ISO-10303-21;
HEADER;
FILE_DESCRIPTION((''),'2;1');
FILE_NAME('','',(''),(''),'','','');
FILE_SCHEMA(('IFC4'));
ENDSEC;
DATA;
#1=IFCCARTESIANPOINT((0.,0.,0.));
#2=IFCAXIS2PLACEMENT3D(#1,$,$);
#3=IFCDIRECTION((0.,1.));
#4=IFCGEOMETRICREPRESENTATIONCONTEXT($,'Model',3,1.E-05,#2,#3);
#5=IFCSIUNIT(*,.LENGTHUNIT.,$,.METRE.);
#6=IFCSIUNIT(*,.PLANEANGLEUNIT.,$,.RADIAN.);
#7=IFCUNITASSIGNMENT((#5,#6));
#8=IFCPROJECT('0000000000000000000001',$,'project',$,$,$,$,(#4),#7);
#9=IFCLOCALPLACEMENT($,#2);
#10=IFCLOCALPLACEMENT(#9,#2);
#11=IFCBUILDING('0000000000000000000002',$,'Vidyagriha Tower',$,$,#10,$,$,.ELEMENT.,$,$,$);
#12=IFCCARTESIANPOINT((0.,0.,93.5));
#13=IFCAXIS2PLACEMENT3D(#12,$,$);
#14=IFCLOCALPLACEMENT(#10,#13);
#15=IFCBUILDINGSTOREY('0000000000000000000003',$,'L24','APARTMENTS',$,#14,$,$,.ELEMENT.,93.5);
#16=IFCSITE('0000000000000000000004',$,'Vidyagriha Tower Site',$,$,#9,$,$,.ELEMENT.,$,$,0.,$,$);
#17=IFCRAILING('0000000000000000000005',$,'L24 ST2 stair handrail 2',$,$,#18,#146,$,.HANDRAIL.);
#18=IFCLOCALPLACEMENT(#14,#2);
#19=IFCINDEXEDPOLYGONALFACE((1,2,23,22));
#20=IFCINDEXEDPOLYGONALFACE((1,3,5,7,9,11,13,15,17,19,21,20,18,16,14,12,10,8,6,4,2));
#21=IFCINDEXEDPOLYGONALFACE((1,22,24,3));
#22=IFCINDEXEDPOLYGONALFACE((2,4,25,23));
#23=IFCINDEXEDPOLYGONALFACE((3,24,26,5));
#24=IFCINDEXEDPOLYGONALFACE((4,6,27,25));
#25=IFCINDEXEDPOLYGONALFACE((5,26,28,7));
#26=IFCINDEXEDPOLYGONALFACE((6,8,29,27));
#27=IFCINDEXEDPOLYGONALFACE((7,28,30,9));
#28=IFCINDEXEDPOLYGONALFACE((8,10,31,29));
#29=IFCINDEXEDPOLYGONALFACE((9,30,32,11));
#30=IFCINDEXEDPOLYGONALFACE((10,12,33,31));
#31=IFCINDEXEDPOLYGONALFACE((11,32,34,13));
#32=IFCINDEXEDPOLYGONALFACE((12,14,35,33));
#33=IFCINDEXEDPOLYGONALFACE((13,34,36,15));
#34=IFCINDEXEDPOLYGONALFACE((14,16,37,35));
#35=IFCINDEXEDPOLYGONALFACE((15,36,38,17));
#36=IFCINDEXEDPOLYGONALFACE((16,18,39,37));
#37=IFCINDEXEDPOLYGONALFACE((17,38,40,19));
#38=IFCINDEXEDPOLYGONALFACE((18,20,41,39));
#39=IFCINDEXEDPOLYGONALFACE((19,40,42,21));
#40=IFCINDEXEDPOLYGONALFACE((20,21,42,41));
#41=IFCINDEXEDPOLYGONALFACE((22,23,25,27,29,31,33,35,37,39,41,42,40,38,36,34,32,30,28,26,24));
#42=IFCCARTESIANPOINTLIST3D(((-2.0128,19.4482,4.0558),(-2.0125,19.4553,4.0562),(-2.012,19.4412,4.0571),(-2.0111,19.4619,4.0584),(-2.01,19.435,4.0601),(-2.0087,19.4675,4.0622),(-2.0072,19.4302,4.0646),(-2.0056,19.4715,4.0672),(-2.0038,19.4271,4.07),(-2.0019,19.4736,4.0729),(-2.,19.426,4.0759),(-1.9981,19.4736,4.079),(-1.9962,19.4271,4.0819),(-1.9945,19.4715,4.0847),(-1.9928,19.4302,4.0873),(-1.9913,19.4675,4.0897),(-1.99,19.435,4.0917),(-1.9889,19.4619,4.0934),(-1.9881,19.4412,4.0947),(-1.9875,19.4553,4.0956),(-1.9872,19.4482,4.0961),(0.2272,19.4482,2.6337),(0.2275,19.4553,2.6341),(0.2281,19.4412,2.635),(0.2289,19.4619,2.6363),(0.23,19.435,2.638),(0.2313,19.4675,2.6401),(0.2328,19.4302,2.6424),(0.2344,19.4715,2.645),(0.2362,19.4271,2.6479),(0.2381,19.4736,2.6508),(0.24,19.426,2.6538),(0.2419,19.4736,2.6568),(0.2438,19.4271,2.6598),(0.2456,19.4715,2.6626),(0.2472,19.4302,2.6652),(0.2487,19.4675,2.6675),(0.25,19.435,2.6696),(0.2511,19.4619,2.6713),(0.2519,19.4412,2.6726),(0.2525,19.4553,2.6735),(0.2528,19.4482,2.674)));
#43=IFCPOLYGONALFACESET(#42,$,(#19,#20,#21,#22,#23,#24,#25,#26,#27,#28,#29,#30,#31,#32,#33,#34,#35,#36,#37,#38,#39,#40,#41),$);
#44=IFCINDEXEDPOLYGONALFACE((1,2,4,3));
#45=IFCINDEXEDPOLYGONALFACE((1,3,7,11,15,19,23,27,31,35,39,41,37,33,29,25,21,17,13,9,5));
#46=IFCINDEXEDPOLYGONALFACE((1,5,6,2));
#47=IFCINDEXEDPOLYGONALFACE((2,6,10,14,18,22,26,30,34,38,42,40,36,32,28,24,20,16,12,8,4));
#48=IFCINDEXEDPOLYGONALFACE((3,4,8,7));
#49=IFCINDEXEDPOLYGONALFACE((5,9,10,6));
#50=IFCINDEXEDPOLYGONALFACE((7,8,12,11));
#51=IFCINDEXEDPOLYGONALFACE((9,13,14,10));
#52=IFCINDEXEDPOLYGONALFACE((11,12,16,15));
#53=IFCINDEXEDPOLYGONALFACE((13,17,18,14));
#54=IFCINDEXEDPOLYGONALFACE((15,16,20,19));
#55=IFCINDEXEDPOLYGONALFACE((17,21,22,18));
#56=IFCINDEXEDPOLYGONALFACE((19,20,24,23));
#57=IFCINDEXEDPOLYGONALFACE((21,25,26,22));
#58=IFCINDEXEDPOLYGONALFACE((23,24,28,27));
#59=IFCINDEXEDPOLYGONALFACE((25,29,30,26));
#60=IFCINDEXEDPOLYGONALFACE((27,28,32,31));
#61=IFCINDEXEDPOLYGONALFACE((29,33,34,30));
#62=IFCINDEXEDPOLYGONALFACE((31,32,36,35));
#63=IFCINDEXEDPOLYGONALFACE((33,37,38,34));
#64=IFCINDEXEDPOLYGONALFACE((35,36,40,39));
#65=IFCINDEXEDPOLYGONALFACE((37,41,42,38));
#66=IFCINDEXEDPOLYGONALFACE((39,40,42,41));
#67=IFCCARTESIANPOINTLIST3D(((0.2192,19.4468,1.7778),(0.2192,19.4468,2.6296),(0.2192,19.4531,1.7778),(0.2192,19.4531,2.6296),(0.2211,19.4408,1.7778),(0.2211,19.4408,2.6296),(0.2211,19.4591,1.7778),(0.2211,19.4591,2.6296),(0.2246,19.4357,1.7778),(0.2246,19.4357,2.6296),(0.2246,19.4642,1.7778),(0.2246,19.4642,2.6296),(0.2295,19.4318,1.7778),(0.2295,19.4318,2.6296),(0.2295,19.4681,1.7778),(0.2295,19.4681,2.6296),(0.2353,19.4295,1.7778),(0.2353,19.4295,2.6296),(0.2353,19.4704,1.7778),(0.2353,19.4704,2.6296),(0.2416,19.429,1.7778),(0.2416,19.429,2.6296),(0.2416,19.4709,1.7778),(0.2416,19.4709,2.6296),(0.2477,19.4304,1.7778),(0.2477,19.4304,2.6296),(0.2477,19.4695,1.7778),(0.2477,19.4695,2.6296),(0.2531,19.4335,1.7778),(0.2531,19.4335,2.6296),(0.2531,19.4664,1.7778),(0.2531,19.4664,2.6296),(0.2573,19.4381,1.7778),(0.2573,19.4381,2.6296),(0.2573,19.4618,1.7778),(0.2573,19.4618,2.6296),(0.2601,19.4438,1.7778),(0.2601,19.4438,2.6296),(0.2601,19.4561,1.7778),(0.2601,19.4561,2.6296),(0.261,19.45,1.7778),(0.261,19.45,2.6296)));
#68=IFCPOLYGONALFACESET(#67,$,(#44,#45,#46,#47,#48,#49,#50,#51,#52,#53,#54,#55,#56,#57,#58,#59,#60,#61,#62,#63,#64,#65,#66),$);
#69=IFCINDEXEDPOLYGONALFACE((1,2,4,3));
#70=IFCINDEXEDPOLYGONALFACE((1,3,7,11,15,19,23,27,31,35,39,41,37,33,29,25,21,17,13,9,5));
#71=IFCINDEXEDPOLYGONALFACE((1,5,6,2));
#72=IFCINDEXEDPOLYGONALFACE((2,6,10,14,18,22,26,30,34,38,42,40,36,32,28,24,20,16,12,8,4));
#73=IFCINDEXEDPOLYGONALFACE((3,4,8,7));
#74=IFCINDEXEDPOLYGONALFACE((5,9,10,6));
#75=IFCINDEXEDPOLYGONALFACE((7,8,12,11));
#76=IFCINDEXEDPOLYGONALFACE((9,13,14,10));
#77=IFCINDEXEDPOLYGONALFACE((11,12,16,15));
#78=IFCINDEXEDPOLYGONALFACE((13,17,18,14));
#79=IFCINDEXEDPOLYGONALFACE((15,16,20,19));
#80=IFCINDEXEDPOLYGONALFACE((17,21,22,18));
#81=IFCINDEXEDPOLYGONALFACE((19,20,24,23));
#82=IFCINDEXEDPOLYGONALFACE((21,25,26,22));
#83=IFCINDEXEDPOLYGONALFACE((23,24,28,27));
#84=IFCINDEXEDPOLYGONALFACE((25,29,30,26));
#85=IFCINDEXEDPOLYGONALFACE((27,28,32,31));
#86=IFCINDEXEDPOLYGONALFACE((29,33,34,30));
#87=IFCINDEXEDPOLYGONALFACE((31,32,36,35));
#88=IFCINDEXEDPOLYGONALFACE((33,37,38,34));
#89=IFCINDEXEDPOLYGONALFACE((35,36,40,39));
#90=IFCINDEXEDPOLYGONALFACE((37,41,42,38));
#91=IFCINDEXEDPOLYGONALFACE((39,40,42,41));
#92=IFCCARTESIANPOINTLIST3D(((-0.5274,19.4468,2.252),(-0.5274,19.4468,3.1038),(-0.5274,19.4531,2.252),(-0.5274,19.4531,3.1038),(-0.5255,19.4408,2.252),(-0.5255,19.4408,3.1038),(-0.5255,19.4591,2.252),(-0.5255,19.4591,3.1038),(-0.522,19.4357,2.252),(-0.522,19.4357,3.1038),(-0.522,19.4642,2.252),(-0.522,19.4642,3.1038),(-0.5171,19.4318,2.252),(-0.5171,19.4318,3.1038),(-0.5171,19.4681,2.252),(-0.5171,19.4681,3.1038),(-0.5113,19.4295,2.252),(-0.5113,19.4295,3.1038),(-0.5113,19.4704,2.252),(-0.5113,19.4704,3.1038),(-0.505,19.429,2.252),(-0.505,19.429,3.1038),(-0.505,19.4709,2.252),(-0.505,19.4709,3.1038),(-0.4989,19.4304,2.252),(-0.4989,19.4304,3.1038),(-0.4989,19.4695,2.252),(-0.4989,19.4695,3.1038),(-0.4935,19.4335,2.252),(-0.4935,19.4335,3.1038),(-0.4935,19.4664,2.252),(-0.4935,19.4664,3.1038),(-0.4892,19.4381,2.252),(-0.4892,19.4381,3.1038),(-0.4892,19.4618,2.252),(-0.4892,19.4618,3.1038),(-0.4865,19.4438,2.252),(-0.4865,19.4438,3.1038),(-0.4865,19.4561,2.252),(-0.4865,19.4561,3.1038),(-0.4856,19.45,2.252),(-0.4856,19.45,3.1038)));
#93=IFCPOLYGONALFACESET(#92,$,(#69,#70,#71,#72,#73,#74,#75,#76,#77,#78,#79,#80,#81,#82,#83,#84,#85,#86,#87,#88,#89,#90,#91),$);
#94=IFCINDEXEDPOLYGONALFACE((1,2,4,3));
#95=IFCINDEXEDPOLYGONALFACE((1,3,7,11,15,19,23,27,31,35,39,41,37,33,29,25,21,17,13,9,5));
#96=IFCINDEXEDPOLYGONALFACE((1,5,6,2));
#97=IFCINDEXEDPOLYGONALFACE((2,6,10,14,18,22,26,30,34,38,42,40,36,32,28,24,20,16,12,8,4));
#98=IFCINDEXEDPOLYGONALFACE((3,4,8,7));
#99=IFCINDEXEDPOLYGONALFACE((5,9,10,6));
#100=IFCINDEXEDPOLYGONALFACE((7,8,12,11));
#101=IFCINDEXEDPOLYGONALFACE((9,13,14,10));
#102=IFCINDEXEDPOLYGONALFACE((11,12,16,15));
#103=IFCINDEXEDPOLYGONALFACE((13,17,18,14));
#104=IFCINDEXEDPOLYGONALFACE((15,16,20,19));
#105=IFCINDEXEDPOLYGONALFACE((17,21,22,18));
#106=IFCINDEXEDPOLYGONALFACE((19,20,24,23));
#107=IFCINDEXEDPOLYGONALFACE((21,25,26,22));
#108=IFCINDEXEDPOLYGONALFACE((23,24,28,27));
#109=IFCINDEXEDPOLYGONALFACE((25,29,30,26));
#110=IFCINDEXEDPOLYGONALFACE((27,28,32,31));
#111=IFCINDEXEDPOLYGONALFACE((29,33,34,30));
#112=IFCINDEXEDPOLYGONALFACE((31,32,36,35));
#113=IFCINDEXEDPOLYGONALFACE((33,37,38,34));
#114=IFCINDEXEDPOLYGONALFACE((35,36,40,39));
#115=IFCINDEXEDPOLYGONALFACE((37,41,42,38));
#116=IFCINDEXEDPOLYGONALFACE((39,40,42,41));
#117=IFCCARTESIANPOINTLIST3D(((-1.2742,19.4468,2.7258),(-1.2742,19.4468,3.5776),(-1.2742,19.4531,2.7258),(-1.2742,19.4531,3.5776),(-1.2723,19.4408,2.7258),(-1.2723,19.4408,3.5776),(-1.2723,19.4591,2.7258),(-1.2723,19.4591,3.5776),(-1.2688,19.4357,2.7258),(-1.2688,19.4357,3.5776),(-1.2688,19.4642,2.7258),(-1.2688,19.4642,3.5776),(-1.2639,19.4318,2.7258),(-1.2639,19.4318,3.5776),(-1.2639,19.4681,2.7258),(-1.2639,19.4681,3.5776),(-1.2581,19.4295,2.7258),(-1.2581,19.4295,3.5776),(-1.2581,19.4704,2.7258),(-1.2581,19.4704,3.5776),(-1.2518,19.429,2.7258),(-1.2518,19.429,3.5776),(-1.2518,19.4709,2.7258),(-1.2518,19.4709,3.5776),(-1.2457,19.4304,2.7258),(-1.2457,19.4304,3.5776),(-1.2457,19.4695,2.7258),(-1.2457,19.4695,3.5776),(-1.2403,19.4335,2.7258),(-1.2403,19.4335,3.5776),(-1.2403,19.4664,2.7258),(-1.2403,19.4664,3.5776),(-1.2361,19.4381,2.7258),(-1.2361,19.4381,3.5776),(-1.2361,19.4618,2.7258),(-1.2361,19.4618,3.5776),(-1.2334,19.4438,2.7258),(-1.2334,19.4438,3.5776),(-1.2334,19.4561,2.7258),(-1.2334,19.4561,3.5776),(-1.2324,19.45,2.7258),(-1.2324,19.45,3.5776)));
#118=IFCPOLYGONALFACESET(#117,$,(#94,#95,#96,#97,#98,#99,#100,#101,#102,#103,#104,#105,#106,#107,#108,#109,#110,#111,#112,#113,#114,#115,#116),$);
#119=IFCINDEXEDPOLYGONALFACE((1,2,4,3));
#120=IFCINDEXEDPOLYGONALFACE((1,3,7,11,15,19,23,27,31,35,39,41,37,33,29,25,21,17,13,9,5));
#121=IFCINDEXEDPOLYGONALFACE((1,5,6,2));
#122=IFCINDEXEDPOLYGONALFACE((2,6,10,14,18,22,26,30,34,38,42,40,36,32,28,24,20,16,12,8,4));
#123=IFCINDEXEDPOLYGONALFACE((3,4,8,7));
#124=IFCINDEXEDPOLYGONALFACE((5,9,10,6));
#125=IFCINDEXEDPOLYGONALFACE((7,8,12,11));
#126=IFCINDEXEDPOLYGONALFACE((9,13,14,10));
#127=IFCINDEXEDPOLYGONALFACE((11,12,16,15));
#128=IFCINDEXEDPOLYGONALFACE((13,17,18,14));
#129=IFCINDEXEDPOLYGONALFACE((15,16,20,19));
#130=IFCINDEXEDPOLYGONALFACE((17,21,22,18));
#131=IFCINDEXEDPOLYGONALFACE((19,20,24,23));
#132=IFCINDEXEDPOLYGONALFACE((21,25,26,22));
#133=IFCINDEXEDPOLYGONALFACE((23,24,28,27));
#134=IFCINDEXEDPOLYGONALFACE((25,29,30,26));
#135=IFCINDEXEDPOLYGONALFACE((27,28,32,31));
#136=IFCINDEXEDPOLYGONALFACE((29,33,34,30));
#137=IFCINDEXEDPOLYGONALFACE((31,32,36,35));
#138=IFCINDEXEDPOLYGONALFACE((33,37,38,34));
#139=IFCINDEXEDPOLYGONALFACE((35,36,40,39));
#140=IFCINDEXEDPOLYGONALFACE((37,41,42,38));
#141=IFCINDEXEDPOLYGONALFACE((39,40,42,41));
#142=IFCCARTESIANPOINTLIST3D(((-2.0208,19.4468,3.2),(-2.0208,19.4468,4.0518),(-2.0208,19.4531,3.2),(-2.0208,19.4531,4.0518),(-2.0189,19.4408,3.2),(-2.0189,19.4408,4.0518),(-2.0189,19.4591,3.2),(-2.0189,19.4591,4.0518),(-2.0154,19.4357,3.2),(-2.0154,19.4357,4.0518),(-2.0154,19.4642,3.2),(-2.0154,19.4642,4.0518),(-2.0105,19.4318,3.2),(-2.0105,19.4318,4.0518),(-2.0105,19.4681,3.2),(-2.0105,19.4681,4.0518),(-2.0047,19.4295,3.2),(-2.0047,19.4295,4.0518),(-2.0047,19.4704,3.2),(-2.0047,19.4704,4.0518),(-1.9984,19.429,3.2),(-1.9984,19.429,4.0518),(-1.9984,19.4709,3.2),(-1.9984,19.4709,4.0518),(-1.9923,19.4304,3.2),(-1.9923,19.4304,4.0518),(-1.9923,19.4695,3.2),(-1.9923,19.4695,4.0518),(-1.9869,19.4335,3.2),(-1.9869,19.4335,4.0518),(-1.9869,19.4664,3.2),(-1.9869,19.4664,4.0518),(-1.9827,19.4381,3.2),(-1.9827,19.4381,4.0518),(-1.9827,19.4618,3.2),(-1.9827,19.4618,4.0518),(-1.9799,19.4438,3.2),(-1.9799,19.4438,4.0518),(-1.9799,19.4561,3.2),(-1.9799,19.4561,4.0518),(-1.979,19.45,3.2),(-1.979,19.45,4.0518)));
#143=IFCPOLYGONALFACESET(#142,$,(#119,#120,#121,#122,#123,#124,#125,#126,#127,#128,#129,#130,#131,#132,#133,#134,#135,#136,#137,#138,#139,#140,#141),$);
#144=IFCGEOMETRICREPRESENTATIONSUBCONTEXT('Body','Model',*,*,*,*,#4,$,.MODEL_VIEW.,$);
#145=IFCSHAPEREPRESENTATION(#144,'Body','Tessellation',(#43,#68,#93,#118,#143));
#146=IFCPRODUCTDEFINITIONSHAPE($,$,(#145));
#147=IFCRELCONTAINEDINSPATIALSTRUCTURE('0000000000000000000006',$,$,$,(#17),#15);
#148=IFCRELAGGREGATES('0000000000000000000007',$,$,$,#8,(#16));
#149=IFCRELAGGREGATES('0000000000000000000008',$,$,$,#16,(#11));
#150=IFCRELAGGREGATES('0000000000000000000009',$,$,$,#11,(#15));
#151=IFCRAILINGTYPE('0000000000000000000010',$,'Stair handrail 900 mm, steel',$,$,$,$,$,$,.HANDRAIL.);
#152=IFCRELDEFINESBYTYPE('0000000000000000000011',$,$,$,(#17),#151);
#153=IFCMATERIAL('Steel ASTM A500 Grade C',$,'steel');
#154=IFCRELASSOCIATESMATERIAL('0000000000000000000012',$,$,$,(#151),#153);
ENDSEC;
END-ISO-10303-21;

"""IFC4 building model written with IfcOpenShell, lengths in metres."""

from ifc_helpers import new_model, si_unit, direction, frame, origin, origin_2d, place, context, subcontext, project, spatial, circle, extrude, material, type_object, element, save


model = new_model("IFC4")

# Units and contexts
model_context = context("Model", 3, precision=1e-05, world=origin(), true_north=direction((0.0, 1.0)))
body_context = subcontext(model_context, "Body", "Model", "MODEL_VIEW")
ifc_project = project(units=[si_unit("LENGTHUNIT", "METRE"), si_unit("PLANEANGLEUNIT", "RADIAN")], contexts=[model_context])

# Site, building, storey
site_placement = place(None, origin())
site = spatial("IfcSite", under=ifc_project, at=site_placement, Name="Vidyagriha Tower Site", CompositionType="ELEMENT", RefElevation=0.0)
building_placement = place(site_placement, origin())
building = spatial("IfcBuilding", under=site, at=building_placement, Name="Vidyagriha Tower", CompositionType="ELEMENT")
storey_placement = place(building_placement, frame((0.0, 0.0, 93.5)))
storey = spatial("IfcBuildingStorey", under=building, at=storey_placement, Name="L24", Description="APARTMENTS", CompositionType="ELEMENT", Elevation=93.5)

# Railing
ifc_material_1 = material(Name="Steel ASTM A500 Grade C", Category="steel")
railing_type_1 = type_object("IfcRailingType", Name="Stair handrail 900 mm, steel", PredefinedType="HANDRAIL", material=ifc_material_1)
railing_1_placement = place(storey_placement, frame((0.24, 19.45, 1.7778)))
element("IfcRailing", 1, at=railing_1_placement, inside=storey, type_object=railing_type_1, Name="L24 ST2 stair handrail 2", PredefinedType="HANDRAIL", context=body_context, shape_type="SweptSolid", body=[
    extrude(circle(Radius=0.0239, at=origin_2d()), frame((0.0, 0.0, 0.876), z_axis=(-0.844229, 0.0, 0.535982), x_axis=(0.0, -1.0, 0.0)), (0.0, 0.0, 1.0), 2.6533),
    extrude(circle(Radius=0.021, at=origin_2d()), origin(), (0.0, 0.0, 1.0), 0.8518),
    extrude(circle(Radius=0.021, at=origin_2d()), frame((-0.7466, 0.0, 0.4741)), (0.0, 0.0, 1.0), 0.8518),
    extrude(circle(Radius=0.021, at=origin_2d()), frame((-1.4934, 0.0, 0.948)), (0.0, 0.0, 1.0), 0.8518),
    extrude(circle(Radius=0.021, at=origin_2d()), frame((-2.24, 0.0, 1.4221)), (0.0, 0.0, 1.0), 0.8518),
])

save(model, "model.ifc")
